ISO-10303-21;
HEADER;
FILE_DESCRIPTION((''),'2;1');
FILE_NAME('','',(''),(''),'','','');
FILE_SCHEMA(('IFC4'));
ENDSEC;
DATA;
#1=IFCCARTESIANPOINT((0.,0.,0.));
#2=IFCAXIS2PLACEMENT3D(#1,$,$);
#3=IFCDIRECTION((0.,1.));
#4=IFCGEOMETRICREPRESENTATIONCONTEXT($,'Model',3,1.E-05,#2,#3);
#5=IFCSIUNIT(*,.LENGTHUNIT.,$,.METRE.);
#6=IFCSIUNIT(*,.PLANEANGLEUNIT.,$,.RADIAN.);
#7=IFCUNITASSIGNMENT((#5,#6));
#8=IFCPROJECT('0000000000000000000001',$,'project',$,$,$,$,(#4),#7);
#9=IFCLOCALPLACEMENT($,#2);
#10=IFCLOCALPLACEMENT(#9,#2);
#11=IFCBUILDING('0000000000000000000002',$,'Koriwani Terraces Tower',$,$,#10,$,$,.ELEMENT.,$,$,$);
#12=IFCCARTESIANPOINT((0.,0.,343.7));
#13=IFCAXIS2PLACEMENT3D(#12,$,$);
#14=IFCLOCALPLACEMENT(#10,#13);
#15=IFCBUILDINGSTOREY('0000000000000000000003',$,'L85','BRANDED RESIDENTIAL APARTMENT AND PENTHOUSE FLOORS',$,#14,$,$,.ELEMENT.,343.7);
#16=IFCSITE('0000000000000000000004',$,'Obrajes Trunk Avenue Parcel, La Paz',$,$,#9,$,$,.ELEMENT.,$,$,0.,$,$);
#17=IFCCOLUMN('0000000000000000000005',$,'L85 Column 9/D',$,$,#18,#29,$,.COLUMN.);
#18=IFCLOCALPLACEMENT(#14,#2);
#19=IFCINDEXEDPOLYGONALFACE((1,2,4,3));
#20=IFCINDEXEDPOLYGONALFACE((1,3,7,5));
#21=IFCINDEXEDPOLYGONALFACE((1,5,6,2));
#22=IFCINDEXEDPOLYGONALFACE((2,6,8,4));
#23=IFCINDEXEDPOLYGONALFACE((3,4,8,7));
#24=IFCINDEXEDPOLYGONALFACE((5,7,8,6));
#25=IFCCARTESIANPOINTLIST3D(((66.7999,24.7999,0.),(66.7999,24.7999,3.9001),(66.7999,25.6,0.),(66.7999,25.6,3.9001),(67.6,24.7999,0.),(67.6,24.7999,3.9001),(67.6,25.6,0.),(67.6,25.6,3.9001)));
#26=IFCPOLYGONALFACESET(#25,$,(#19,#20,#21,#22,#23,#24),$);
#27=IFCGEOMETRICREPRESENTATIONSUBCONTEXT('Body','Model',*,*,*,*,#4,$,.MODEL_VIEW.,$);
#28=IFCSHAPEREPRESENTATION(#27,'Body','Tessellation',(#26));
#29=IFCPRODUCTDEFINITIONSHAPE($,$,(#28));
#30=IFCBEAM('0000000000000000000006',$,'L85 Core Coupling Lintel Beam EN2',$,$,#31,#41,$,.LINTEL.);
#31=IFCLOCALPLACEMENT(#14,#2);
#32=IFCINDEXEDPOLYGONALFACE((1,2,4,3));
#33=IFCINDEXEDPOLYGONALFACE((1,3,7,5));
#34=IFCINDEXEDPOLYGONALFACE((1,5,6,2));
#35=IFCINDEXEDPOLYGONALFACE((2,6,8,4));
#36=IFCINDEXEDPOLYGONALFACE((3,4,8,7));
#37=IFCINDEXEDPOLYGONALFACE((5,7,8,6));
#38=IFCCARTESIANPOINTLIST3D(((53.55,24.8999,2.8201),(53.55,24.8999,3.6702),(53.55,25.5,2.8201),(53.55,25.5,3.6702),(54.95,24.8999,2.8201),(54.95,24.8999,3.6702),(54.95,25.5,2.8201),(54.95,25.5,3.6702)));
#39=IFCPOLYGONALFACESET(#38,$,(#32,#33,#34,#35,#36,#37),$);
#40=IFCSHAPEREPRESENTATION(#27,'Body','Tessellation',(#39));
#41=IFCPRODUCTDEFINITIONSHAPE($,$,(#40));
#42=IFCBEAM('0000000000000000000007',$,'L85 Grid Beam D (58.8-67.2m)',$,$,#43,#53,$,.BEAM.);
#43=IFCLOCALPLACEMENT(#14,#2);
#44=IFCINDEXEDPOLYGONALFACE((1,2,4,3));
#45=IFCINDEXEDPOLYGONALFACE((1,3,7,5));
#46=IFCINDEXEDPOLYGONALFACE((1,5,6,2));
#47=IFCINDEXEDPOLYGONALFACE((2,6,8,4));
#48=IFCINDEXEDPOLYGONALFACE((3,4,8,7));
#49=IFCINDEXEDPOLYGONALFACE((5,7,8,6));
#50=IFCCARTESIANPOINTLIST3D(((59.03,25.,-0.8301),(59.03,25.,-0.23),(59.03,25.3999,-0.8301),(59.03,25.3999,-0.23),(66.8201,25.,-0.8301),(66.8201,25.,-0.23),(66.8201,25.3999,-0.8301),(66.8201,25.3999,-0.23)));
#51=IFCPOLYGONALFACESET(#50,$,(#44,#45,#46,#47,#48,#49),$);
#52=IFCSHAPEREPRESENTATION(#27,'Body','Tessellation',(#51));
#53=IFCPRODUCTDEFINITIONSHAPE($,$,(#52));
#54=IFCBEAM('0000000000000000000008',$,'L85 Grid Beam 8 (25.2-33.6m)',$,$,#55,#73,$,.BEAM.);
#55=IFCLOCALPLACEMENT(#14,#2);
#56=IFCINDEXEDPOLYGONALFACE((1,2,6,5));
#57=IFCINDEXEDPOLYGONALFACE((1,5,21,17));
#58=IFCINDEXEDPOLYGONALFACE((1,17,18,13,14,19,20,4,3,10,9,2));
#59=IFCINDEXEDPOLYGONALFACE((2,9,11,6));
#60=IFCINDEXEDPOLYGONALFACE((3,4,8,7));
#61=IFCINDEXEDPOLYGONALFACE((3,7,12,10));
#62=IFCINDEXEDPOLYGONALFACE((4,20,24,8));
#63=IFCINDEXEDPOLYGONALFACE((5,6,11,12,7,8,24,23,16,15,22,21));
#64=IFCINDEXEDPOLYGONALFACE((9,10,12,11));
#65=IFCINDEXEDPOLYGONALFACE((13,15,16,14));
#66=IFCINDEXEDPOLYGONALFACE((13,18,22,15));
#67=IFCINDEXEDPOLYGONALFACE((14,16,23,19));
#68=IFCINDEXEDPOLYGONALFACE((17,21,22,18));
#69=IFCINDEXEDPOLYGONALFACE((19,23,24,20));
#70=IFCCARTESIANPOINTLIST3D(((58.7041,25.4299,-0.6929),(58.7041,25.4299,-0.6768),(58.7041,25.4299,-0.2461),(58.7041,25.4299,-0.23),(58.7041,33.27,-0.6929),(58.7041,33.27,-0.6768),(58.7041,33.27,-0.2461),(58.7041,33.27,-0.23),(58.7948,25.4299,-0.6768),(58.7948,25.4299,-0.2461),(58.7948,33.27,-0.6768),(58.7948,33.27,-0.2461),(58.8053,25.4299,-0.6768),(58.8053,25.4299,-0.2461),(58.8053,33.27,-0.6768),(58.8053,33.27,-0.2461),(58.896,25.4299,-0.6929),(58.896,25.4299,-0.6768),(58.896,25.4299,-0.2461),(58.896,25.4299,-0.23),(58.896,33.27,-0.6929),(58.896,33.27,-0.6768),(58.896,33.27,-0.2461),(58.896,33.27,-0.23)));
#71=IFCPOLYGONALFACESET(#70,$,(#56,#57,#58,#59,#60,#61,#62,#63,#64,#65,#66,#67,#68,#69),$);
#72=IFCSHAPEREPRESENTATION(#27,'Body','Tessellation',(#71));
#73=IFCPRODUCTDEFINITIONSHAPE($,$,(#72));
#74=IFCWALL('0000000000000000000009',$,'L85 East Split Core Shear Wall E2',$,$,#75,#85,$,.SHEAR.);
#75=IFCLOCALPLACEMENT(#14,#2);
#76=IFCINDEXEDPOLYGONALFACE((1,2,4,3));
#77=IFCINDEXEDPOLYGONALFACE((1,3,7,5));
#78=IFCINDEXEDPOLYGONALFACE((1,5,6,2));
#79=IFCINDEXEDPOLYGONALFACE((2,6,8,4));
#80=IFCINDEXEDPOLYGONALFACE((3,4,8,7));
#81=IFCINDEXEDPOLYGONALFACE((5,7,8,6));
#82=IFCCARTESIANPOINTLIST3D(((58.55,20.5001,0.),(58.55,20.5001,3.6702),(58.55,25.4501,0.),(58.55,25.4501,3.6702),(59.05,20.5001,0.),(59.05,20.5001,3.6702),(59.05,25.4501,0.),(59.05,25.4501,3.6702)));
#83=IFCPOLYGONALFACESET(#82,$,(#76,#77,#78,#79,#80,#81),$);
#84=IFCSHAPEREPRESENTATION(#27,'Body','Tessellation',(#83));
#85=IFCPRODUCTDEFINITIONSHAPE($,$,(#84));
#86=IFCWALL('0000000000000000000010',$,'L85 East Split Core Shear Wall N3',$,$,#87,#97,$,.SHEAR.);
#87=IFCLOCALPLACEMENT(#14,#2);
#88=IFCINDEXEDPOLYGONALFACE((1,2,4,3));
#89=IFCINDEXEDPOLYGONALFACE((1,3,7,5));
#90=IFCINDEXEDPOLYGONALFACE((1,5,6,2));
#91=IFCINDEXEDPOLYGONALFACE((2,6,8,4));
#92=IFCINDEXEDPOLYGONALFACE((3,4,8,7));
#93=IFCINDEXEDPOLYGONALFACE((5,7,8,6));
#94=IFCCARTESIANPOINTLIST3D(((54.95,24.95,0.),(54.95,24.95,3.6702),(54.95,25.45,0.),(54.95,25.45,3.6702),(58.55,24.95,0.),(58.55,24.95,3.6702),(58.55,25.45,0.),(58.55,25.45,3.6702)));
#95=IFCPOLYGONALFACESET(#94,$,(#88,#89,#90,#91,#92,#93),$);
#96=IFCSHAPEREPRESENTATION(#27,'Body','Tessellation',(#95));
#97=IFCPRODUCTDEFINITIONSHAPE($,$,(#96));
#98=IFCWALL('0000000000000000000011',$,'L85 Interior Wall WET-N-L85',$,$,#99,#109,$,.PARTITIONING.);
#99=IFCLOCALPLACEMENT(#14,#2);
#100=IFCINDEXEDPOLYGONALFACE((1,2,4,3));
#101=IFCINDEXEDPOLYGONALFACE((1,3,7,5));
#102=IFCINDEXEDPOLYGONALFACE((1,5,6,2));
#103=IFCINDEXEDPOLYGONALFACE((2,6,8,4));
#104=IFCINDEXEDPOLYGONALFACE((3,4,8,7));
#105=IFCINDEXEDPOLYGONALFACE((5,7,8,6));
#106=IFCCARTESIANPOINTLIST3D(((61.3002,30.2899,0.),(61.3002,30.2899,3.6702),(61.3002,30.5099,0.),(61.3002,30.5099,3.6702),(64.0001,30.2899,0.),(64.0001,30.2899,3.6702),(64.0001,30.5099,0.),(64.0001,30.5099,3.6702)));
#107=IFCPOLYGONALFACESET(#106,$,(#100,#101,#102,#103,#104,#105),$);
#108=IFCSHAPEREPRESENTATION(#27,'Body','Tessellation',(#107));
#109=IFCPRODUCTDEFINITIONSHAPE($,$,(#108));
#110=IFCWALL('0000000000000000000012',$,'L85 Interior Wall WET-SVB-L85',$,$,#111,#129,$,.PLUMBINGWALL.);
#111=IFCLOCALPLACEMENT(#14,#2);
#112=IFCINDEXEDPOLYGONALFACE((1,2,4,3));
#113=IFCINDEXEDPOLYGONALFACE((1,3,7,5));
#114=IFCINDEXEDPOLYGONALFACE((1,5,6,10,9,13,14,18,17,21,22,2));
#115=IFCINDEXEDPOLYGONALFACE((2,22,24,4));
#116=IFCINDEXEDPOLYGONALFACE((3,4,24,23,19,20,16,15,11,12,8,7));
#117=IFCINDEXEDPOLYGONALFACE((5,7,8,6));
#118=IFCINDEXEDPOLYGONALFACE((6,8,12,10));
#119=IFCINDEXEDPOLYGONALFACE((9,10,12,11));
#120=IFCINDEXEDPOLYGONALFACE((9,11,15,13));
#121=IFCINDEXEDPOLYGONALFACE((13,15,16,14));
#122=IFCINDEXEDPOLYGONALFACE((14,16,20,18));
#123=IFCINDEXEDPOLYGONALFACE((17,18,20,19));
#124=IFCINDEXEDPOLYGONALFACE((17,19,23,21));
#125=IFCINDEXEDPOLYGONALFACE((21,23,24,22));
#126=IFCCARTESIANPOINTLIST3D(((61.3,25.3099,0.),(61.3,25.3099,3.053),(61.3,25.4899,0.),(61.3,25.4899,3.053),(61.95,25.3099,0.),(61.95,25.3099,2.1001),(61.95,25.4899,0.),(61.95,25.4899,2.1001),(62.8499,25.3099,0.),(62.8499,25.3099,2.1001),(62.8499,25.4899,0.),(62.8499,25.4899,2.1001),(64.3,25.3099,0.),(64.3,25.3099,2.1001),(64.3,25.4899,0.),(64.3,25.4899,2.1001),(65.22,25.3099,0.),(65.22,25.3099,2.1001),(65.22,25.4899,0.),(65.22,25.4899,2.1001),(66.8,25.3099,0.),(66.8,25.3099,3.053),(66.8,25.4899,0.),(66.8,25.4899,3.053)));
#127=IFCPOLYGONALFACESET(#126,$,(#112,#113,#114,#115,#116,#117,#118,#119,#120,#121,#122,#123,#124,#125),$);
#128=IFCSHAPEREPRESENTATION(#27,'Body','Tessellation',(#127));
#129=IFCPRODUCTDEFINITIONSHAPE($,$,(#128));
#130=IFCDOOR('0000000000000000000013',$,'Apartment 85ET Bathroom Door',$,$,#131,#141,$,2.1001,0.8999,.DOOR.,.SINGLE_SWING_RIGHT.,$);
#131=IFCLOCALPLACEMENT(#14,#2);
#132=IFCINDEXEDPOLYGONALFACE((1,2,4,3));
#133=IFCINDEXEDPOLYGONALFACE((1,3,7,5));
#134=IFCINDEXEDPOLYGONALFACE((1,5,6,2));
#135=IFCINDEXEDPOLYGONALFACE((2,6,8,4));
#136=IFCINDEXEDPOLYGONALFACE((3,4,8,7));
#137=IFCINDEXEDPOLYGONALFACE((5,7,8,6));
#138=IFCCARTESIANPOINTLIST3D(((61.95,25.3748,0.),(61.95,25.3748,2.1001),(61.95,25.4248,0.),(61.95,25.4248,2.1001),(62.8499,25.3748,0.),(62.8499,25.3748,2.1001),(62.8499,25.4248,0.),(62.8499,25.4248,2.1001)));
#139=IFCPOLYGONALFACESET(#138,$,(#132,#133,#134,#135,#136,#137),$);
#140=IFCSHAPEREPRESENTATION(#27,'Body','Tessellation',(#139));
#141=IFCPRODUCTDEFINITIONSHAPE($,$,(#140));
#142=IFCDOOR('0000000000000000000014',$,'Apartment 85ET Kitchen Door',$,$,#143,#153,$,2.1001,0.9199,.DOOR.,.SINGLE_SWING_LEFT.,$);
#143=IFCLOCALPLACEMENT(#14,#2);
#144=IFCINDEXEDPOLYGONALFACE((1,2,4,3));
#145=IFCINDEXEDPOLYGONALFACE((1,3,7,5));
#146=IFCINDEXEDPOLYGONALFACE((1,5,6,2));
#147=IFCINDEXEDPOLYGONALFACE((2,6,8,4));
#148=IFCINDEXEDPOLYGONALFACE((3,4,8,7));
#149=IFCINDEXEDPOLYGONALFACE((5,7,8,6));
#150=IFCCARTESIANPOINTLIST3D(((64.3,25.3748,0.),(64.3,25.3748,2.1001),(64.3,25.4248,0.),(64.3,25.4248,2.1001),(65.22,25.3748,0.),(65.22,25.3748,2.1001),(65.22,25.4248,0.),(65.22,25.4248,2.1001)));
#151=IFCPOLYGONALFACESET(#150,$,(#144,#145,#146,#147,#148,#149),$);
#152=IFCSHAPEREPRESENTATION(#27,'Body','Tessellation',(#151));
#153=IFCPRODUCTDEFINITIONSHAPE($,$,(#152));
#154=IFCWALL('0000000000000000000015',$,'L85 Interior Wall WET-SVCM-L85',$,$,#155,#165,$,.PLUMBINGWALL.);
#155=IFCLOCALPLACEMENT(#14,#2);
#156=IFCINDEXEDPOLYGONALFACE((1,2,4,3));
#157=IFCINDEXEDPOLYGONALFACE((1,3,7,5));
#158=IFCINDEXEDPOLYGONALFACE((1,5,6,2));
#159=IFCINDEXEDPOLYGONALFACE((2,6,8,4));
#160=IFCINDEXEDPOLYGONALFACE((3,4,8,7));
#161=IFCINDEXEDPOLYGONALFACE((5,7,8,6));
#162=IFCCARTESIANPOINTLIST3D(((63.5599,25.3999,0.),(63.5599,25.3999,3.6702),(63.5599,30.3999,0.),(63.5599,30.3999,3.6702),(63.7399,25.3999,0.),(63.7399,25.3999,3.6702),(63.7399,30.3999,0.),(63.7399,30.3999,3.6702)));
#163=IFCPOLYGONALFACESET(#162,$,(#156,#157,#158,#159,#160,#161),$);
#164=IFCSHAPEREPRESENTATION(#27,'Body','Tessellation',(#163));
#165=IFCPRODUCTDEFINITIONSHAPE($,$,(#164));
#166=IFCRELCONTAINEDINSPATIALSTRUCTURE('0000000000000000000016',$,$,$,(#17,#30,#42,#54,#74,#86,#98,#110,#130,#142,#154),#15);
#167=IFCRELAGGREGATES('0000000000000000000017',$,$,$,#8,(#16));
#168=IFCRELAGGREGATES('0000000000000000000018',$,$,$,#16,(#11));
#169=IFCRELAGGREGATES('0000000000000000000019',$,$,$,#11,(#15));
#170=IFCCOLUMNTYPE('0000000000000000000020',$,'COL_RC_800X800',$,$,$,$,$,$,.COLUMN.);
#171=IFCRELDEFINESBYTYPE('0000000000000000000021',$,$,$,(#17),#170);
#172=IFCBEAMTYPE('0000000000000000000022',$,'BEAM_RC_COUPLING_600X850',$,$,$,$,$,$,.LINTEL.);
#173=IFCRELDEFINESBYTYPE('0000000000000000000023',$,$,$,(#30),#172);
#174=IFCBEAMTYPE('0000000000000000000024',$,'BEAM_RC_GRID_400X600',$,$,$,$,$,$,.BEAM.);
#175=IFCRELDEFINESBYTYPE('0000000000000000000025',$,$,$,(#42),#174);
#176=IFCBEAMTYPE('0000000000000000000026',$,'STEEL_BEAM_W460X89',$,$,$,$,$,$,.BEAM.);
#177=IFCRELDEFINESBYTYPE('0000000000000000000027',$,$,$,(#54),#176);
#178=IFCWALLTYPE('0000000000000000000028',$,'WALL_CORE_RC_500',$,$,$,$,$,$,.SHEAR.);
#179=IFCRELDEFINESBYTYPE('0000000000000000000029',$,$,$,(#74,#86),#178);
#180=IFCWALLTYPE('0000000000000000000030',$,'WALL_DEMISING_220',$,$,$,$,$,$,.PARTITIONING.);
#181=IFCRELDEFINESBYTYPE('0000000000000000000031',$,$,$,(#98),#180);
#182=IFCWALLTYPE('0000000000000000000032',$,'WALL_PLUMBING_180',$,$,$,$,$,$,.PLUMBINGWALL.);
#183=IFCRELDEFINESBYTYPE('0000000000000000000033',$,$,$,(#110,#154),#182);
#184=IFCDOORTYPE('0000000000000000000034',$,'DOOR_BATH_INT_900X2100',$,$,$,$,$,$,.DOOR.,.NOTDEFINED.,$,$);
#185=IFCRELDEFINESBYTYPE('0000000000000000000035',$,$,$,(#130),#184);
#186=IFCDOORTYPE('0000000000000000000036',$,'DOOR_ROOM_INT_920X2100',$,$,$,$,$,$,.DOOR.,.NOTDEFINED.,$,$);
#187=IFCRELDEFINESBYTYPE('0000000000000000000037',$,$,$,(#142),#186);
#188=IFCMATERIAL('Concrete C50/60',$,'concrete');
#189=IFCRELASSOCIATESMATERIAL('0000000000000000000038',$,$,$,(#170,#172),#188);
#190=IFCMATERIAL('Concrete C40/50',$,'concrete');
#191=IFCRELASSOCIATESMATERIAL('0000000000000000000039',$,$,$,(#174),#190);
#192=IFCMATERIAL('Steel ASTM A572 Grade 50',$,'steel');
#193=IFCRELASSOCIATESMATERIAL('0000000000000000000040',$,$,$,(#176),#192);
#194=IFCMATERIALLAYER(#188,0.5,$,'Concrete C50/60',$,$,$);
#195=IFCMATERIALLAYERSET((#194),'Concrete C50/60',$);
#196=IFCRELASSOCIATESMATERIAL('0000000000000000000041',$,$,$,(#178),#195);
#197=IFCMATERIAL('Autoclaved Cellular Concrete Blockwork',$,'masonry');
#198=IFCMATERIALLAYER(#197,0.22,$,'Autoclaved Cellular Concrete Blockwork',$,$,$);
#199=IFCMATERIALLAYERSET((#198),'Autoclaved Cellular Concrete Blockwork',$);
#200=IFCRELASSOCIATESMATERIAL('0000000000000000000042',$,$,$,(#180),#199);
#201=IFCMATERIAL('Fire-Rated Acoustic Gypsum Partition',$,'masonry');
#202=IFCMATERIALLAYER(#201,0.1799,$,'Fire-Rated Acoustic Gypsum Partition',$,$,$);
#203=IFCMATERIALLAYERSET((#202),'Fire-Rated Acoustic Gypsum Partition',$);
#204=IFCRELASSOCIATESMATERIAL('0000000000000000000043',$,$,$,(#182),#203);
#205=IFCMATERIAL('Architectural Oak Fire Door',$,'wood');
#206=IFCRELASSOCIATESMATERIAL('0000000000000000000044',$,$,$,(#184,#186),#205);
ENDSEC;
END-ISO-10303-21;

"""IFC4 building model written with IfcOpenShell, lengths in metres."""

from ifc_helpers import new_model, si_unit, direction, frame, frame_2d, origin, origin_2d, place, context, subcontext, project, spatial, rectangle, i_section, extrude, material, layer, layer_set, material_profile, profile_set, type_object, element, fill, save


model = new_model("IFC4")

# Units and contexts
model_context = context("Model", 3, precision=1e-05, world=origin(), true_north=direction((0.0, 1.0)))
body_context = subcontext(model_context, "Body", "Model", "MODEL_VIEW")
ifc_project = project(units=[si_unit("LENGTHUNIT", "METRE"), si_unit("PLANEANGLEUNIT", "RADIAN")], contexts=[model_context])

# Site, building, storey
site_placement = place(None, origin())
site = spatial("IfcSite", under=ifc_project, at=site_placement, Name="Obrajes Trunk Avenue Parcel, La Paz", CompositionType="ELEMENT", RefElevation=0.0)
building_placement = place(site_placement, origin())
building = spatial("IfcBuilding", under=site, at=building_placement, Name="Koriwani Terraces Tower", CompositionType="ELEMENT")
storey_placement = place(building_placement, frame((0.0, 0.0, 343.7)))
storey = spatial("IfcBuildingStorey", under=building, at=storey_placement, Name="L85", Description="BRANDED RESIDENTIAL APARTMENT AND PENTHOUSE FLOORS", CompositionType="ELEMENT", Elevation=343.7)

# Column
ifc_material_1 = material(Name="Concrete C50/60", Category="concrete")
ifc_material_profile_1 = material_profile(ifc_material_1, rectangle(XDim=0.8, YDim=0.8, at=origin_2d()), Name="Concrete C50/60", Category="LoadBearing")
ifc_profile_set_1 = profile_set([ifc_material_profile_1], Name="Concrete C50/60")
column_type = type_object("IfcColumnType", Name="COL_RC_800X800", PredefinedType="COLUMN", material=ifc_profile_set_1)
column_placement = place(storey_placement, frame((67.2, 25.2, 0.0), z_axis=(0.0, 0.0, 1.0), x_axis=(1.0, 0.0, 0.0)))
element("IfcColumn", 1, at=column_placement, inside=storey, type_object=column_type, Name="L85 Column 9/D", PredefinedType="COLUMN", context=body_context, shape_type="SweptSolid", body=[
    extrude(rectangle(XDim=0.8, YDim=0.8, at=origin_2d()), origin(), (0.0, 0.0, 1.0), 3.9001),
])

# Beams
ifc_material_profile_2 = material_profile(ifc_material_1, rectangle(XDim=0.6001, YDim=0.8501, at=origin_2d()), Name="Concrete C50/60", Category="LoadBearing")
ifc_profile_set_2 = profile_set([ifc_material_profile_2], Name="Concrete C50/60")
beam_type_1 = type_object("IfcBeamType", Name="BEAM_RC_COUPLING_600X850", PredefinedType="LINTEL", material=ifc_profile_set_2)
beam_1_placement = place(storey_placement, frame((53.55, 25.2, 3.2451), z_axis=(1.0, 0.0, 0.0), x_axis=(0.0, 1.0, 0.0)))
element("IfcBeam", 2, at=beam_1_placement, inside=storey, type_object=beam_type_1, Name="L85 Core Coupling Lintel Beam EN2", PredefinedType="LINTEL", context=body_context, shape_type="SweptSolid", body=[
    extrude(rectangle(XDim=0.6001, YDim=0.8501, at=origin_2d()), origin(), (0.0, 0.0, 1.0), 1.3999),
])
ifc_material_2 = material(Name="Concrete C40/50", Category="concrete")
ifc_material_profile_3 = material_profile(ifc_material_2, rectangle(XDim=0.3999, YDim=0.6001, at=origin_2d()), Name="Concrete C40/50", Category="LoadBearing")
ifc_profile_set_3 = profile_set([ifc_material_profile_3], Name="Concrete C40/50")
beam_type_2 = type_object("IfcBeamType", Name="BEAM_RC_GRID_400X600", PredefinedType="BEAM", material=ifc_profile_set_3)
beam_2_placement = place(storey_placement, frame((59.03, 25.2, -0.53), z_axis=(1.0, 0.0, 0.0), x_axis=(0.0, 1.0, 0.0)))
element("IfcBeam", 3, at=beam_2_placement, inside=storey, type_object=beam_type_2, Name="L85 Grid Beam D (58.8-67.2m)", PredefinedType="BEAM", context=body_context, shape_type="SweptSolid", body=[
    extrude(rectangle(XDim=0.3999, YDim=0.6001, at=origin_2d()), origin(), (0.0, 0.0, 1.0), 7.79),
])
ifc_material_3 = material(Name="Steel ASTM A572 Grade 50", Category="steel")
ifc_material_profile_4 = material_profile(ifc_material_3, i_section(OverallWidth=0.1919, OverallDepth=0.4629, WebThickness=0.0105, FlangeThickness=0.0161, at=origin_2d()), Name="Steel ASTM A572 Grade 50", Category="LoadBearing")
ifc_profile_set_4 = profile_set([ifc_material_profile_4], Name="Steel ASTM A572 Grade 50")
beam_type_3 = type_object("IfcBeamType", Name="STEEL_BEAM_W460X89", PredefinedType="BEAM", material=ifc_profile_set_4)
beam_3_placement = place(storey_placement, frame((58.8, 25.4299, -0.4614), z_axis=(0.0, 1.0, 0.0), x_axis=(-1.0, 0.0, 0.0)))
element("IfcBeam", 4, at=beam_3_placement, inside=storey, type_object=beam_type_3, Name="L85 Grid Beam 8 (25.2-33.6m)", PredefinedType="BEAM", context=body_context, shape_type="SweptSolid", body=[
    extrude(i_section(OverallWidth=0.1919, OverallDepth=0.4629, WebThickness=0.0105, FlangeThickness=0.0161, at=origin_2d()), origin(), (0.0, 0.0, 1.0), 7.8401),
])

# Walls
ifc_layer_1 = layer(ifc_material_1, 0.5, Name="Concrete C50/60")
ifc_layer_set_1 = layer_set([ifc_layer_1], Name="Concrete C50/60")
wall_type_1 = type_object("IfcWallType", Name="WALL_CORE_RC_500", PredefinedType="SHEAR", material=ifc_layer_set_1)
wall_1_placement = place(storey_placement, frame((58.8, 20.5, 0.0), z_axis=(0.0, 0.0, 1.0), x_axis=(0.0, 1.0, 0.0)))
element("IfcWall", 5, at=wall_1_placement, inside=storey, type_object=wall_type_1, Name="L85 East Split Core Shear Wall E2", PredefinedType="SHEAR", context=body_context, shape_type="SweptSolid", body=[
    extrude(rectangle(XDim=4.95, YDim=0.5, at=frame_2d((2.4751, 0.0))), origin(), (0.0, 0.0, 1.0), 3.6702),
])
wall_2_placement = place(storey_placement, frame((54.95, 25.2, 0.0), z_axis=(0.0, 0.0, 1.0), x_axis=(1.0, 0.0, 0.0)))
element("IfcWall", 6, at=wall_2_placement, inside=storey, type_object=wall_type_1, Name="L85 East Split Core Shear Wall N3", PredefinedType="SHEAR", context=body_context, shape_type="SweptSolid", body=[
    extrude(rectangle(XDim=3.6001, YDim=0.5, at=frame_2d((1.8, 0.0))), origin(), (0.0, 0.0, 1.0), 3.6702),
])
ifc_material_4 = material(Name="Autoclaved Cellular Concrete Blockwork", Category="masonry")
ifc_layer_2 = layer(ifc_material_4, 0.22, Name="Autoclaved Cellular Concrete Blockwork")
ifc_layer_set_2 = layer_set([ifc_layer_2], Name="Autoclaved Cellular Concrete Blockwork")
wall_type_2 = type_object("IfcWallType", Name="WALL_DEMISING_220", PredefinedType="PARTITIONING", material=ifc_layer_set_2)
wall_3_placement = place(storey_placement, frame((61.3, 30.3999, 0.0), z_axis=(0.0, 0.0, 1.0), x_axis=(1.0, 0.0, 0.0)))
element("IfcWall", 7, at=wall_3_placement, inside=storey, type_object=wall_type_2, Name="L85 Interior Wall WET-N-L85", PredefinedType="PARTITIONING", context=body_context, shape_type="SweptSolid", body=[
    extrude(rectangle(XDim=2.7, YDim=0.22, at=frame_2d((1.3501, 0.0))), origin(), (0.0, 0.0, 1.0), 3.6702),
])

# Wall, openings, doors
ifc_material_5 = material(Name="Fire-Rated Acoustic Gypsum Partition", Category="masonry")
ifc_layer_3 = layer(ifc_material_5, 0.1799, Name="Fire-Rated Acoustic Gypsum Partition")
ifc_layer_set_3 = layer_set([ifc_layer_3], Name="Fire-Rated Acoustic Gypsum Partition")
wall_type_3 = type_object("IfcWallType", Name="WALL_PLUMBING_180", PredefinedType="PLUMBINGWALL", material=ifc_layer_set_3)
wall_4_placement = place(storey_placement, frame((61.3, 25.3999, 0.0), z_axis=(0.0, 0.0, 1.0), x_axis=(1.0, 0.0, 0.0)))
wall_4 = element("IfcWall", 8, at=wall_4_placement, inside=storey, type_object=wall_type_3, Name="L85 Interior Wall WET-SVB-L85", PredefinedType="PLUMBINGWALL", context=body_context, shape_type="SweptSolid", body=[
    extrude(rectangle(XDim=5.5, YDim=0.1799, at=frame_2d((2.75, 0.0))), origin(), (0.0, 0.0, 1.0), 3.053),
])
opening_1_placement = place(wall_4_placement, frame((0.6499, 0.0, 0.0)))
opening_1 = element("IfcOpeningElement", 9, at=opening_1_placement, cuts=wall_4, PredefinedType="OPENING", context=body_context, shape_type="SweptSolid", body=[
    extrude(rectangle(XDim=0.8999, YDim=2.1001, at=frame_2d((0.45, 1.05))), frame((0.0, 0.1001, 0.0), z_axis=(0.0, -1.0, 0.0), x_axis=(1.0, 0.0, 0.0)), (0.0, 0.0, 1.0), 0.2),
])
opening_2_placement = place(wall_4_placement, frame((3.0, 0.0, 0.0)))
opening_2 = element("IfcOpeningElement", 10, at=opening_2_placement, cuts=wall_4, PredefinedType="OPENING", context=body_context, shape_type="SweptSolid", body=[
    extrude(rectangle(XDim=0.9199, YDim=2.1001, at=frame_2d((0.46, 1.05))), frame((0.0, 0.1001, 0.0), z_axis=(0.0, -1.0, 0.0), x_axis=(1.0, 0.0, 0.0)), (0.0, 0.0, 1.0), 0.2),
])
ifc_material_6 = material(Name="Architectural Oak Fire Door", Category="wood")
door_type_1 = type_object("IfcDoorType", Name="DOOR_BATH_INT_900X2100", OperationType="NOTDEFINED", PredefinedType="DOOR", material=ifc_material_6)
door_1_placement = place(opening_1_placement, origin())
door_1 = element("IfcDoor", 11, at=door_1_placement, inside=storey, type_object=door_type_1, Name="Apartment 85ET Bathroom Door", OperationType="SINGLE_SWING_RIGHT", OverallHeight=2.1001, OverallWidth=0.8999, PredefinedType="DOOR", context=body_context, shape_type="SweptSolid", body=[
    extrude(rectangle(XDim=0.8999, YDim=2.1001, at=frame_2d((0.45, 1.05))), frame((0.0, 0.0249, 0.0), z_axis=(0.0, -1.0, 0.0), x_axis=(1.0, 0.0, 0.0)), (0.0, 0.0, 1.0), 0.05),
])
fill(opening_1, door_1)
door_type_2 = type_object("IfcDoorType", Name="DOOR_ROOM_INT_920X2100", OperationType="NOTDEFINED", PredefinedType="DOOR", material=ifc_material_6)
door_2_placement = place(opening_2_placement, origin())
door_2 = element("IfcDoor", 12, at=door_2_placement, inside=storey, type_object=door_type_2, Name="Apartment 85ET Kitchen Door", OperationType="SINGLE_SWING_LEFT", OverallHeight=2.1001, OverallWidth=0.9199, PredefinedType="DOOR", context=body_context, shape_type="SweptSolid", body=[
    extrude(rectangle(XDim=0.9199, YDim=2.1001, at=frame_2d((0.46, 1.05))), frame((0.0, 0.0249, 0.0), z_axis=(0.0, -1.0, 0.0), x_axis=(1.0, 0.0, 0.0)), (0.0, 0.0, 1.0), 0.05),
])
fill(opening_2, door_2)

# Wall
wall_5_placement = place(storey_placement, frame((63.6499, 25.3999, 0.0), z_axis=(0.0, 0.0, 1.0), x_axis=(0.0, 1.0, 0.0)))
element("IfcWall", 13, at=wall_5_placement, inside=storey, type_object=wall_type_3, Name="L85 Interior Wall WET-SVCM-L85", PredefinedType="PLUMBINGWALL", context=body_context, shape_type="SweptSolid", body=[
    extrude(rectangle(XDim=5.0, YDim=0.1799, at=frame_2d((2.5, 0.0))), origin(), (0.0, 0.0, 1.0), 3.6702),
])

save(model, "model.ifc")
